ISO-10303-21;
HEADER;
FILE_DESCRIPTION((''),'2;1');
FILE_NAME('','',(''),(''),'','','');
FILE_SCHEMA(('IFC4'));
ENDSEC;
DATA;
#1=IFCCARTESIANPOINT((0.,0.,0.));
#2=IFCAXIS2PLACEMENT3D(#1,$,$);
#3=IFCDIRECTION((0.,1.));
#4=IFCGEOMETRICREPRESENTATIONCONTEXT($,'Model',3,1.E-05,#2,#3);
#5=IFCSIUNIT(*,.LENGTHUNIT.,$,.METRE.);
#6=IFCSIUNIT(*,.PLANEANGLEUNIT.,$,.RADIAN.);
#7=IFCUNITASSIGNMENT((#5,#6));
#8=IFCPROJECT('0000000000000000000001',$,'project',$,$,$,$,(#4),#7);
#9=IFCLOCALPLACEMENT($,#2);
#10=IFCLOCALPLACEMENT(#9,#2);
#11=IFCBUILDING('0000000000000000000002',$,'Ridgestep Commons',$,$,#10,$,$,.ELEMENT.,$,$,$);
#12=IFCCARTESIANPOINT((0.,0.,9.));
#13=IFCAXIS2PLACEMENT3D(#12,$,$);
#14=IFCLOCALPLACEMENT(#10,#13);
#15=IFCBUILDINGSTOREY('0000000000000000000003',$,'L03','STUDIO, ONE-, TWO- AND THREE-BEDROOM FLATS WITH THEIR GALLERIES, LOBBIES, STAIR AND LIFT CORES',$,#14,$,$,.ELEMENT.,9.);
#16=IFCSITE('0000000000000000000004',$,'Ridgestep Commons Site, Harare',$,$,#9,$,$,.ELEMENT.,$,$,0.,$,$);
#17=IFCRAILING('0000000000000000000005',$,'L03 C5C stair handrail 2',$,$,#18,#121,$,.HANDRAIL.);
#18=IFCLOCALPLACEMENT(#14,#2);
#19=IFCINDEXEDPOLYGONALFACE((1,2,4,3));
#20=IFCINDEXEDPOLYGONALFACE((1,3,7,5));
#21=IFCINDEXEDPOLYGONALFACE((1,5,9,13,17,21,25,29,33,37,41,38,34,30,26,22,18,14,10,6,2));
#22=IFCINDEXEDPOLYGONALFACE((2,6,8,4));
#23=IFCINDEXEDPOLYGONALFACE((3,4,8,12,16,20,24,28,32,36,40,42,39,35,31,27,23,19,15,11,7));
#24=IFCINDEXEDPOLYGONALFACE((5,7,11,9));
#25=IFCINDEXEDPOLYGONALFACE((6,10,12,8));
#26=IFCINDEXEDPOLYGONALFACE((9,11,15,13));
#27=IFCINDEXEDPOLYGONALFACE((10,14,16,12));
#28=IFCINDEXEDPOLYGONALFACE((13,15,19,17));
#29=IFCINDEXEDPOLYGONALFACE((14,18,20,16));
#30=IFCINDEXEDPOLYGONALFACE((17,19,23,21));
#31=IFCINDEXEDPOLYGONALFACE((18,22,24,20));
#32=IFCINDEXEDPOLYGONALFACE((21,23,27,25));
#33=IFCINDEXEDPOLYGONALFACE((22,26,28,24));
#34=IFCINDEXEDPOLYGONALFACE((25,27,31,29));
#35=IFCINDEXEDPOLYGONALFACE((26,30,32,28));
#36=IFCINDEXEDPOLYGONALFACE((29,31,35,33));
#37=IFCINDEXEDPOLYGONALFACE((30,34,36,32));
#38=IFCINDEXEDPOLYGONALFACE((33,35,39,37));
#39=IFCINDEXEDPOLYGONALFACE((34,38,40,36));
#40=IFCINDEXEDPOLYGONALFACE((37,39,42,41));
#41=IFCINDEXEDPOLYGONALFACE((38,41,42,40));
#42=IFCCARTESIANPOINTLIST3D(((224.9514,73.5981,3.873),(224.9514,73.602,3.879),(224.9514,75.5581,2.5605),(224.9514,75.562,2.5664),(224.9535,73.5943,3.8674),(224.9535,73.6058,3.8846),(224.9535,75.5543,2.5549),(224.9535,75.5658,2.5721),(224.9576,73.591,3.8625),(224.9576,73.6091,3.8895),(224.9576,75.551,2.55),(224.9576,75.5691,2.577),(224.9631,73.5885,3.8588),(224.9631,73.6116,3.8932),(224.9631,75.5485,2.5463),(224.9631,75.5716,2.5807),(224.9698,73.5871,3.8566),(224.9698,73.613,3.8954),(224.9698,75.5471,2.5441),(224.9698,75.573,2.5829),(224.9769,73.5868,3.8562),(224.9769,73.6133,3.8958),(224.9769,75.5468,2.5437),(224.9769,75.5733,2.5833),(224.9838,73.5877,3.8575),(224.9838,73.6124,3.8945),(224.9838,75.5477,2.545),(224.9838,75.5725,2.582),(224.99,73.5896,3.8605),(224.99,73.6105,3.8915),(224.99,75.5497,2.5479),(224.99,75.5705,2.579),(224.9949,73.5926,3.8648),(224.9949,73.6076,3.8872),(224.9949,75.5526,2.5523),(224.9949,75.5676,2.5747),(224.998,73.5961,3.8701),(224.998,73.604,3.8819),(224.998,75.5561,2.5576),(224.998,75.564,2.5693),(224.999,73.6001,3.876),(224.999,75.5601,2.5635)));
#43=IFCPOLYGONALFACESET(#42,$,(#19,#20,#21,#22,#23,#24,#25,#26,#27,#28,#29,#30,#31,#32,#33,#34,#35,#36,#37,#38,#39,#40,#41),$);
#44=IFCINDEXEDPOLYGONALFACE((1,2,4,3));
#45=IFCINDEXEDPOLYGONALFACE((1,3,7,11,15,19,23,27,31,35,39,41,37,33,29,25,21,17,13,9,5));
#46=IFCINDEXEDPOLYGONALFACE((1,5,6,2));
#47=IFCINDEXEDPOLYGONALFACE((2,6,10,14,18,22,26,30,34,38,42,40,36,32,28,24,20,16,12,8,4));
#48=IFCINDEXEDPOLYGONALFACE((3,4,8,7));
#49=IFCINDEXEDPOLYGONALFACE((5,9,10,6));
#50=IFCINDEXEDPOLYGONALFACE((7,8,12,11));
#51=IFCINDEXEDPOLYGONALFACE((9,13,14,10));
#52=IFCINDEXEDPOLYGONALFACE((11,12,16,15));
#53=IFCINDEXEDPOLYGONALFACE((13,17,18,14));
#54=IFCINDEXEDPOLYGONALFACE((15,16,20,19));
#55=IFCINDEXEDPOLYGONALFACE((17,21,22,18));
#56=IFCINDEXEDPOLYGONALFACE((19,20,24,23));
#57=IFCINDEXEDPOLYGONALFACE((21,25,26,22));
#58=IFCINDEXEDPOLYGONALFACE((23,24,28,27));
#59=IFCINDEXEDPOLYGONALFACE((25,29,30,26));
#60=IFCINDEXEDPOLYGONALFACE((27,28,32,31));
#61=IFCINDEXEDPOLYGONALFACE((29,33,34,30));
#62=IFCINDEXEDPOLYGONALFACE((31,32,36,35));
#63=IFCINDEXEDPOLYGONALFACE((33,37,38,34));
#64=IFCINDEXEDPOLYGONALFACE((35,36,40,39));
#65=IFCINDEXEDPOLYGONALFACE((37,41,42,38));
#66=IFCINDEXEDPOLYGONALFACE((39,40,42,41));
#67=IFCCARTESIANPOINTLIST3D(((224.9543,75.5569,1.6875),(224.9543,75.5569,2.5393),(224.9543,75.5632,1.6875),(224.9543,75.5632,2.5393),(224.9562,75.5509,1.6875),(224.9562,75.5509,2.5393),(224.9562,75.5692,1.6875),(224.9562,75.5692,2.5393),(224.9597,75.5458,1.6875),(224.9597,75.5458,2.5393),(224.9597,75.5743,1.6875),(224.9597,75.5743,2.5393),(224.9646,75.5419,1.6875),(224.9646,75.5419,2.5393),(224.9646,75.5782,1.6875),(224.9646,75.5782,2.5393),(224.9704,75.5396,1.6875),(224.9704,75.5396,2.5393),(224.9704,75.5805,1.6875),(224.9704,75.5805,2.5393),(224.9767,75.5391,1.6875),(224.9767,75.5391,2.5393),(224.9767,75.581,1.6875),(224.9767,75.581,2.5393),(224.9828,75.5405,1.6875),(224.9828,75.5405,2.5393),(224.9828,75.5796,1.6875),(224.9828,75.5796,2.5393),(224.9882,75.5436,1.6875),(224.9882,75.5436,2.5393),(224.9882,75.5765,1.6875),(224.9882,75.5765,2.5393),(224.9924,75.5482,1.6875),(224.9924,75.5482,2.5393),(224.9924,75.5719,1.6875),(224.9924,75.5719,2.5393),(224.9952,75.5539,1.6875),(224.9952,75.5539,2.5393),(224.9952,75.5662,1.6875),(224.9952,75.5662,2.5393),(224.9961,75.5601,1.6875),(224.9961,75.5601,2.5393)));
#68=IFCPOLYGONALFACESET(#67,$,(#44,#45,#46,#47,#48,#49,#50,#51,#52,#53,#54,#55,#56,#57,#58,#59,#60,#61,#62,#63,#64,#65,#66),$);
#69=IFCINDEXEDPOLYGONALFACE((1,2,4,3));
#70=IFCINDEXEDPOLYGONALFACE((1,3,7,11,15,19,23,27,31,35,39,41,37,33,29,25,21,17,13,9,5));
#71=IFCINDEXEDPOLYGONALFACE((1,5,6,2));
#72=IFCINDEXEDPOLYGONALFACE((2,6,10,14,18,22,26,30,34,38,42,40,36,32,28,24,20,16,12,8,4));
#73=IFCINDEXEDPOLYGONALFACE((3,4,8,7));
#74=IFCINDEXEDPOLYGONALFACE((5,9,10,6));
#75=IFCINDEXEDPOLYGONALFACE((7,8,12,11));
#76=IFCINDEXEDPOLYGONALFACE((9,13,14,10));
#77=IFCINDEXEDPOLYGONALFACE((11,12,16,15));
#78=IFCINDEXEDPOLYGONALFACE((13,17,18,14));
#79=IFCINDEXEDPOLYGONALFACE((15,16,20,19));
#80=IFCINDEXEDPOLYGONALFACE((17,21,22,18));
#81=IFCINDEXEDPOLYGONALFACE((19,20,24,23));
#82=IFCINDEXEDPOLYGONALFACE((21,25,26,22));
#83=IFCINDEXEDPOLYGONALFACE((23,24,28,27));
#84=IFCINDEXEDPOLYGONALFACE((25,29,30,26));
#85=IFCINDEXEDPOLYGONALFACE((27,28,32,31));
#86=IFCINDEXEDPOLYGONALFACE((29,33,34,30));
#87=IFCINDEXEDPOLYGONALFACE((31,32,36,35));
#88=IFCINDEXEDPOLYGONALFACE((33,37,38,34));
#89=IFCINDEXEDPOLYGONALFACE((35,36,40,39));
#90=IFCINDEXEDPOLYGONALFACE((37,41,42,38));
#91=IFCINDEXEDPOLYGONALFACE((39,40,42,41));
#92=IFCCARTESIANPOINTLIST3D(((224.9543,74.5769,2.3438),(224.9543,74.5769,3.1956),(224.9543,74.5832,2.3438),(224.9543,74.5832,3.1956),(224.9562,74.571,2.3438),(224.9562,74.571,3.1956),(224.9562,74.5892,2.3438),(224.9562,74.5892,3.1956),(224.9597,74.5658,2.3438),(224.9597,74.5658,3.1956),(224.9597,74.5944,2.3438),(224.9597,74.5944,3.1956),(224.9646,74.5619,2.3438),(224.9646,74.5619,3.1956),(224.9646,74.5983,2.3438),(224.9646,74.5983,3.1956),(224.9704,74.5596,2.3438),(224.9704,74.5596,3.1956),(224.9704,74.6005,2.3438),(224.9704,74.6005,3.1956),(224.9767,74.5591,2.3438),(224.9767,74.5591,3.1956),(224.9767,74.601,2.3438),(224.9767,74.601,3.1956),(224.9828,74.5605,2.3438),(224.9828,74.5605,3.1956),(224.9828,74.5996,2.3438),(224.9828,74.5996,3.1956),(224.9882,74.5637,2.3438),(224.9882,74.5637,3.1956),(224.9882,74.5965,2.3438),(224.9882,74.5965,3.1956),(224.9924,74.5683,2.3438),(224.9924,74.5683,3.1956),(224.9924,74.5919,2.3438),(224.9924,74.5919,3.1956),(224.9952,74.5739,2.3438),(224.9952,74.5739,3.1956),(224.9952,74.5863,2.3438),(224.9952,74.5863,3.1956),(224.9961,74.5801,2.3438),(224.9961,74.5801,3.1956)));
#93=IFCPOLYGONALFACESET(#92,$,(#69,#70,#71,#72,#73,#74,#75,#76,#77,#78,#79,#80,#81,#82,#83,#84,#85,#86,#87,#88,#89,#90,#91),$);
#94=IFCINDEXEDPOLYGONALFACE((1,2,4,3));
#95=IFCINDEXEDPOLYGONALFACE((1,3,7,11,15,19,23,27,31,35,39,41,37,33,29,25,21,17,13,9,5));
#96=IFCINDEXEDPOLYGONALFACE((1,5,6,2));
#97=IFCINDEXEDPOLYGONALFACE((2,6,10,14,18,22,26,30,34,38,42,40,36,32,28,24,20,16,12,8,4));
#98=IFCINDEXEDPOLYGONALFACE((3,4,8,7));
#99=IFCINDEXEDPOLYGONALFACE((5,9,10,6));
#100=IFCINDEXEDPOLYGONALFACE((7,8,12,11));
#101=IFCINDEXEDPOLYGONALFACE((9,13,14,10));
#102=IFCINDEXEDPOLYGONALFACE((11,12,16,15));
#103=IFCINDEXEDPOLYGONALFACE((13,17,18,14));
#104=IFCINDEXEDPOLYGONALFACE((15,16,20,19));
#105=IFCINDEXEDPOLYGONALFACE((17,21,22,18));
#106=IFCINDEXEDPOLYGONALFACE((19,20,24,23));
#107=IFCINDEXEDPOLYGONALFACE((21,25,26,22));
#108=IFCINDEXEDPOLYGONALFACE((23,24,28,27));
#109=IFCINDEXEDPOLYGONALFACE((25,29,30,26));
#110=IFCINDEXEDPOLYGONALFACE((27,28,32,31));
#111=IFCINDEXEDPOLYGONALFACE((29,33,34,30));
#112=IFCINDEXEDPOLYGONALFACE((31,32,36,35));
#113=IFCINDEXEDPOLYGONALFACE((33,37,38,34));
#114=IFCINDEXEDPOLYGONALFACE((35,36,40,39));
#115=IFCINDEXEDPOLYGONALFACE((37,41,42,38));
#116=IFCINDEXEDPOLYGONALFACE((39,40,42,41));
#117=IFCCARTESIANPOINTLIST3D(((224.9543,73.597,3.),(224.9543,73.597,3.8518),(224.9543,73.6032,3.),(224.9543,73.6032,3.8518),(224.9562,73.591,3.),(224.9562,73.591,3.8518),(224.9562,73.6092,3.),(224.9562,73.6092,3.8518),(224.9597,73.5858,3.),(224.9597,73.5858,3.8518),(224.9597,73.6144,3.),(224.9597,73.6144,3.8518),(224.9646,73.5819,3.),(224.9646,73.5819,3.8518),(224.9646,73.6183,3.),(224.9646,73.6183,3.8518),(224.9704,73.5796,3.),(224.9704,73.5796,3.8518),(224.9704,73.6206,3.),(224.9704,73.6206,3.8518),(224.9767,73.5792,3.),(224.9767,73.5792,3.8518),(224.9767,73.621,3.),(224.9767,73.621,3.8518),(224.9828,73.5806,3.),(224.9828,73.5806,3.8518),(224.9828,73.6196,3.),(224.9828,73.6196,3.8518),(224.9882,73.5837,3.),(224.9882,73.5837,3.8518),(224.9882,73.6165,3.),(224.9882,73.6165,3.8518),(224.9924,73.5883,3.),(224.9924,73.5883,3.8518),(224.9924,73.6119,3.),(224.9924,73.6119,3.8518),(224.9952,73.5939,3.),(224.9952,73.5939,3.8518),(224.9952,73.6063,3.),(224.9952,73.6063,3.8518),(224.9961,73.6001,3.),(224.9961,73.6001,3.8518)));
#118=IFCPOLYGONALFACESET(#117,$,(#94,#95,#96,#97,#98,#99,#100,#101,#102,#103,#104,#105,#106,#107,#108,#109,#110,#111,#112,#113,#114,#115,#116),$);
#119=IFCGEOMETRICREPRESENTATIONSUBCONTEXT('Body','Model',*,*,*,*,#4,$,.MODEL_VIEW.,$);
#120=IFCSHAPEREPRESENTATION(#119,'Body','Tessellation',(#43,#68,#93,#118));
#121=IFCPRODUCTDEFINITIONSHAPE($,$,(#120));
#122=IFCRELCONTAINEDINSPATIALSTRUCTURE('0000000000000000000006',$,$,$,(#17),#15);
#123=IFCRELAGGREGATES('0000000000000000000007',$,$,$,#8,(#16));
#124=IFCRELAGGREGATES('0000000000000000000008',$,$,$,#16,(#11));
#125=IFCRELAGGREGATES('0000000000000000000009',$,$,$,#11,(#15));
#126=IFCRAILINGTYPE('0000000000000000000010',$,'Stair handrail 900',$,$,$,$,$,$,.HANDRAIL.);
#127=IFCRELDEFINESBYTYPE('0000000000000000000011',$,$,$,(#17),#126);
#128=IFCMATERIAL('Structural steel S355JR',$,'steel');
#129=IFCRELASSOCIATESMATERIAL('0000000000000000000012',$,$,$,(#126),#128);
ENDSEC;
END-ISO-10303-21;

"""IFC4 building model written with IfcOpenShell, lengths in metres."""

from ifc_helpers import new_model, si_unit, direction, frame, origin, origin_2d, place, context, subcontext, project, spatial, circle, extrude, material, type_object, element, save


model = new_model("IFC4")

# Units and contexts
model_context = context("Model", 3, precision=1e-05, world=origin(), true_north=direction((0.0, 1.0)))
body_context = subcontext(model_context, "Body", "Model", "MODEL_VIEW")
ifc_project = project(units=[si_unit("LENGTHUNIT", "METRE"), si_unit("PLANEANGLEUNIT", "RADIAN")], contexts=[model_context])

# Site, building, storey
site_placement = place(None, origin())
site = spatial("IfcSite", under=ifc_project, at=site_placement, Name="Ridgestep Commons Site, Harare", CompositionType="ELEMENT", RefElevation=0.0)
building_placement = place(site_placement, origin())
building = spatial("IfcBuilding", under=site, at=building_placement, Name="Ridgestep Commons", CompositionType="ELEMENT")
storey_placement = place(building_placement, frame((0.0, 0.0, 9.0)))
storey = spatial("IfcBuildingStorey", under=building, at=storey_placement, Name="L03", Description="STUDIO, ONE-, TWO- AND THREE-BEDROOM FLATS WITH THEIR GALLERIES, LOBBIES, STAIR AND LIFT CORES", CompositionType="ELEMENT", Elevation=9.0)

# Railing
ifc_material_1 = material(Name="Structural steel S355JR", Category="steel")
railing_type_1 = type_object("IfcRailingType", Name="Stair handrail 900", PredefinedType="HANDRAIL", material=ifc_material_1)
railing_1_placement = place(storey_placement, frame((224.9751, 75.5601, 1.6875)))
element("IfcRailing", 1, at=railing_1_placement, inside=storey, type_object=railing_type_1, Name="L03 C5C stair handrail 2", PredefinedType="HANDRAIL", context=body_context, shape_type="SweptSolid", body=[
    extrude(circle(Radius=0.0239, at=origin_2d()), frame((0.0, 0.0, 0.876), z_axis=(0.0, -0.830902, 0.556419), x_axis=(1.0, 0.0, 0.0)), (0.0, 0.0, 1.0), 2.3589),
    extrude(circle(Radius=0.021, at=origin_2d()), origin(), (0.0, 0.0, 1.0), 0.8518),
    extrude(circle(Radius=0.021, at=origin_2d()), frame((0.0, -0.98, 0.6562)), (0.0, 0.0, 1.0), 0.8518),
    extrude(circle(Radius=0.021, at=origin_2d()), frame((0.0, -1.96, 1.3125)), (0.0, 0.0, 1.0), 0.8518),
])

save(model, "model.ifc")
